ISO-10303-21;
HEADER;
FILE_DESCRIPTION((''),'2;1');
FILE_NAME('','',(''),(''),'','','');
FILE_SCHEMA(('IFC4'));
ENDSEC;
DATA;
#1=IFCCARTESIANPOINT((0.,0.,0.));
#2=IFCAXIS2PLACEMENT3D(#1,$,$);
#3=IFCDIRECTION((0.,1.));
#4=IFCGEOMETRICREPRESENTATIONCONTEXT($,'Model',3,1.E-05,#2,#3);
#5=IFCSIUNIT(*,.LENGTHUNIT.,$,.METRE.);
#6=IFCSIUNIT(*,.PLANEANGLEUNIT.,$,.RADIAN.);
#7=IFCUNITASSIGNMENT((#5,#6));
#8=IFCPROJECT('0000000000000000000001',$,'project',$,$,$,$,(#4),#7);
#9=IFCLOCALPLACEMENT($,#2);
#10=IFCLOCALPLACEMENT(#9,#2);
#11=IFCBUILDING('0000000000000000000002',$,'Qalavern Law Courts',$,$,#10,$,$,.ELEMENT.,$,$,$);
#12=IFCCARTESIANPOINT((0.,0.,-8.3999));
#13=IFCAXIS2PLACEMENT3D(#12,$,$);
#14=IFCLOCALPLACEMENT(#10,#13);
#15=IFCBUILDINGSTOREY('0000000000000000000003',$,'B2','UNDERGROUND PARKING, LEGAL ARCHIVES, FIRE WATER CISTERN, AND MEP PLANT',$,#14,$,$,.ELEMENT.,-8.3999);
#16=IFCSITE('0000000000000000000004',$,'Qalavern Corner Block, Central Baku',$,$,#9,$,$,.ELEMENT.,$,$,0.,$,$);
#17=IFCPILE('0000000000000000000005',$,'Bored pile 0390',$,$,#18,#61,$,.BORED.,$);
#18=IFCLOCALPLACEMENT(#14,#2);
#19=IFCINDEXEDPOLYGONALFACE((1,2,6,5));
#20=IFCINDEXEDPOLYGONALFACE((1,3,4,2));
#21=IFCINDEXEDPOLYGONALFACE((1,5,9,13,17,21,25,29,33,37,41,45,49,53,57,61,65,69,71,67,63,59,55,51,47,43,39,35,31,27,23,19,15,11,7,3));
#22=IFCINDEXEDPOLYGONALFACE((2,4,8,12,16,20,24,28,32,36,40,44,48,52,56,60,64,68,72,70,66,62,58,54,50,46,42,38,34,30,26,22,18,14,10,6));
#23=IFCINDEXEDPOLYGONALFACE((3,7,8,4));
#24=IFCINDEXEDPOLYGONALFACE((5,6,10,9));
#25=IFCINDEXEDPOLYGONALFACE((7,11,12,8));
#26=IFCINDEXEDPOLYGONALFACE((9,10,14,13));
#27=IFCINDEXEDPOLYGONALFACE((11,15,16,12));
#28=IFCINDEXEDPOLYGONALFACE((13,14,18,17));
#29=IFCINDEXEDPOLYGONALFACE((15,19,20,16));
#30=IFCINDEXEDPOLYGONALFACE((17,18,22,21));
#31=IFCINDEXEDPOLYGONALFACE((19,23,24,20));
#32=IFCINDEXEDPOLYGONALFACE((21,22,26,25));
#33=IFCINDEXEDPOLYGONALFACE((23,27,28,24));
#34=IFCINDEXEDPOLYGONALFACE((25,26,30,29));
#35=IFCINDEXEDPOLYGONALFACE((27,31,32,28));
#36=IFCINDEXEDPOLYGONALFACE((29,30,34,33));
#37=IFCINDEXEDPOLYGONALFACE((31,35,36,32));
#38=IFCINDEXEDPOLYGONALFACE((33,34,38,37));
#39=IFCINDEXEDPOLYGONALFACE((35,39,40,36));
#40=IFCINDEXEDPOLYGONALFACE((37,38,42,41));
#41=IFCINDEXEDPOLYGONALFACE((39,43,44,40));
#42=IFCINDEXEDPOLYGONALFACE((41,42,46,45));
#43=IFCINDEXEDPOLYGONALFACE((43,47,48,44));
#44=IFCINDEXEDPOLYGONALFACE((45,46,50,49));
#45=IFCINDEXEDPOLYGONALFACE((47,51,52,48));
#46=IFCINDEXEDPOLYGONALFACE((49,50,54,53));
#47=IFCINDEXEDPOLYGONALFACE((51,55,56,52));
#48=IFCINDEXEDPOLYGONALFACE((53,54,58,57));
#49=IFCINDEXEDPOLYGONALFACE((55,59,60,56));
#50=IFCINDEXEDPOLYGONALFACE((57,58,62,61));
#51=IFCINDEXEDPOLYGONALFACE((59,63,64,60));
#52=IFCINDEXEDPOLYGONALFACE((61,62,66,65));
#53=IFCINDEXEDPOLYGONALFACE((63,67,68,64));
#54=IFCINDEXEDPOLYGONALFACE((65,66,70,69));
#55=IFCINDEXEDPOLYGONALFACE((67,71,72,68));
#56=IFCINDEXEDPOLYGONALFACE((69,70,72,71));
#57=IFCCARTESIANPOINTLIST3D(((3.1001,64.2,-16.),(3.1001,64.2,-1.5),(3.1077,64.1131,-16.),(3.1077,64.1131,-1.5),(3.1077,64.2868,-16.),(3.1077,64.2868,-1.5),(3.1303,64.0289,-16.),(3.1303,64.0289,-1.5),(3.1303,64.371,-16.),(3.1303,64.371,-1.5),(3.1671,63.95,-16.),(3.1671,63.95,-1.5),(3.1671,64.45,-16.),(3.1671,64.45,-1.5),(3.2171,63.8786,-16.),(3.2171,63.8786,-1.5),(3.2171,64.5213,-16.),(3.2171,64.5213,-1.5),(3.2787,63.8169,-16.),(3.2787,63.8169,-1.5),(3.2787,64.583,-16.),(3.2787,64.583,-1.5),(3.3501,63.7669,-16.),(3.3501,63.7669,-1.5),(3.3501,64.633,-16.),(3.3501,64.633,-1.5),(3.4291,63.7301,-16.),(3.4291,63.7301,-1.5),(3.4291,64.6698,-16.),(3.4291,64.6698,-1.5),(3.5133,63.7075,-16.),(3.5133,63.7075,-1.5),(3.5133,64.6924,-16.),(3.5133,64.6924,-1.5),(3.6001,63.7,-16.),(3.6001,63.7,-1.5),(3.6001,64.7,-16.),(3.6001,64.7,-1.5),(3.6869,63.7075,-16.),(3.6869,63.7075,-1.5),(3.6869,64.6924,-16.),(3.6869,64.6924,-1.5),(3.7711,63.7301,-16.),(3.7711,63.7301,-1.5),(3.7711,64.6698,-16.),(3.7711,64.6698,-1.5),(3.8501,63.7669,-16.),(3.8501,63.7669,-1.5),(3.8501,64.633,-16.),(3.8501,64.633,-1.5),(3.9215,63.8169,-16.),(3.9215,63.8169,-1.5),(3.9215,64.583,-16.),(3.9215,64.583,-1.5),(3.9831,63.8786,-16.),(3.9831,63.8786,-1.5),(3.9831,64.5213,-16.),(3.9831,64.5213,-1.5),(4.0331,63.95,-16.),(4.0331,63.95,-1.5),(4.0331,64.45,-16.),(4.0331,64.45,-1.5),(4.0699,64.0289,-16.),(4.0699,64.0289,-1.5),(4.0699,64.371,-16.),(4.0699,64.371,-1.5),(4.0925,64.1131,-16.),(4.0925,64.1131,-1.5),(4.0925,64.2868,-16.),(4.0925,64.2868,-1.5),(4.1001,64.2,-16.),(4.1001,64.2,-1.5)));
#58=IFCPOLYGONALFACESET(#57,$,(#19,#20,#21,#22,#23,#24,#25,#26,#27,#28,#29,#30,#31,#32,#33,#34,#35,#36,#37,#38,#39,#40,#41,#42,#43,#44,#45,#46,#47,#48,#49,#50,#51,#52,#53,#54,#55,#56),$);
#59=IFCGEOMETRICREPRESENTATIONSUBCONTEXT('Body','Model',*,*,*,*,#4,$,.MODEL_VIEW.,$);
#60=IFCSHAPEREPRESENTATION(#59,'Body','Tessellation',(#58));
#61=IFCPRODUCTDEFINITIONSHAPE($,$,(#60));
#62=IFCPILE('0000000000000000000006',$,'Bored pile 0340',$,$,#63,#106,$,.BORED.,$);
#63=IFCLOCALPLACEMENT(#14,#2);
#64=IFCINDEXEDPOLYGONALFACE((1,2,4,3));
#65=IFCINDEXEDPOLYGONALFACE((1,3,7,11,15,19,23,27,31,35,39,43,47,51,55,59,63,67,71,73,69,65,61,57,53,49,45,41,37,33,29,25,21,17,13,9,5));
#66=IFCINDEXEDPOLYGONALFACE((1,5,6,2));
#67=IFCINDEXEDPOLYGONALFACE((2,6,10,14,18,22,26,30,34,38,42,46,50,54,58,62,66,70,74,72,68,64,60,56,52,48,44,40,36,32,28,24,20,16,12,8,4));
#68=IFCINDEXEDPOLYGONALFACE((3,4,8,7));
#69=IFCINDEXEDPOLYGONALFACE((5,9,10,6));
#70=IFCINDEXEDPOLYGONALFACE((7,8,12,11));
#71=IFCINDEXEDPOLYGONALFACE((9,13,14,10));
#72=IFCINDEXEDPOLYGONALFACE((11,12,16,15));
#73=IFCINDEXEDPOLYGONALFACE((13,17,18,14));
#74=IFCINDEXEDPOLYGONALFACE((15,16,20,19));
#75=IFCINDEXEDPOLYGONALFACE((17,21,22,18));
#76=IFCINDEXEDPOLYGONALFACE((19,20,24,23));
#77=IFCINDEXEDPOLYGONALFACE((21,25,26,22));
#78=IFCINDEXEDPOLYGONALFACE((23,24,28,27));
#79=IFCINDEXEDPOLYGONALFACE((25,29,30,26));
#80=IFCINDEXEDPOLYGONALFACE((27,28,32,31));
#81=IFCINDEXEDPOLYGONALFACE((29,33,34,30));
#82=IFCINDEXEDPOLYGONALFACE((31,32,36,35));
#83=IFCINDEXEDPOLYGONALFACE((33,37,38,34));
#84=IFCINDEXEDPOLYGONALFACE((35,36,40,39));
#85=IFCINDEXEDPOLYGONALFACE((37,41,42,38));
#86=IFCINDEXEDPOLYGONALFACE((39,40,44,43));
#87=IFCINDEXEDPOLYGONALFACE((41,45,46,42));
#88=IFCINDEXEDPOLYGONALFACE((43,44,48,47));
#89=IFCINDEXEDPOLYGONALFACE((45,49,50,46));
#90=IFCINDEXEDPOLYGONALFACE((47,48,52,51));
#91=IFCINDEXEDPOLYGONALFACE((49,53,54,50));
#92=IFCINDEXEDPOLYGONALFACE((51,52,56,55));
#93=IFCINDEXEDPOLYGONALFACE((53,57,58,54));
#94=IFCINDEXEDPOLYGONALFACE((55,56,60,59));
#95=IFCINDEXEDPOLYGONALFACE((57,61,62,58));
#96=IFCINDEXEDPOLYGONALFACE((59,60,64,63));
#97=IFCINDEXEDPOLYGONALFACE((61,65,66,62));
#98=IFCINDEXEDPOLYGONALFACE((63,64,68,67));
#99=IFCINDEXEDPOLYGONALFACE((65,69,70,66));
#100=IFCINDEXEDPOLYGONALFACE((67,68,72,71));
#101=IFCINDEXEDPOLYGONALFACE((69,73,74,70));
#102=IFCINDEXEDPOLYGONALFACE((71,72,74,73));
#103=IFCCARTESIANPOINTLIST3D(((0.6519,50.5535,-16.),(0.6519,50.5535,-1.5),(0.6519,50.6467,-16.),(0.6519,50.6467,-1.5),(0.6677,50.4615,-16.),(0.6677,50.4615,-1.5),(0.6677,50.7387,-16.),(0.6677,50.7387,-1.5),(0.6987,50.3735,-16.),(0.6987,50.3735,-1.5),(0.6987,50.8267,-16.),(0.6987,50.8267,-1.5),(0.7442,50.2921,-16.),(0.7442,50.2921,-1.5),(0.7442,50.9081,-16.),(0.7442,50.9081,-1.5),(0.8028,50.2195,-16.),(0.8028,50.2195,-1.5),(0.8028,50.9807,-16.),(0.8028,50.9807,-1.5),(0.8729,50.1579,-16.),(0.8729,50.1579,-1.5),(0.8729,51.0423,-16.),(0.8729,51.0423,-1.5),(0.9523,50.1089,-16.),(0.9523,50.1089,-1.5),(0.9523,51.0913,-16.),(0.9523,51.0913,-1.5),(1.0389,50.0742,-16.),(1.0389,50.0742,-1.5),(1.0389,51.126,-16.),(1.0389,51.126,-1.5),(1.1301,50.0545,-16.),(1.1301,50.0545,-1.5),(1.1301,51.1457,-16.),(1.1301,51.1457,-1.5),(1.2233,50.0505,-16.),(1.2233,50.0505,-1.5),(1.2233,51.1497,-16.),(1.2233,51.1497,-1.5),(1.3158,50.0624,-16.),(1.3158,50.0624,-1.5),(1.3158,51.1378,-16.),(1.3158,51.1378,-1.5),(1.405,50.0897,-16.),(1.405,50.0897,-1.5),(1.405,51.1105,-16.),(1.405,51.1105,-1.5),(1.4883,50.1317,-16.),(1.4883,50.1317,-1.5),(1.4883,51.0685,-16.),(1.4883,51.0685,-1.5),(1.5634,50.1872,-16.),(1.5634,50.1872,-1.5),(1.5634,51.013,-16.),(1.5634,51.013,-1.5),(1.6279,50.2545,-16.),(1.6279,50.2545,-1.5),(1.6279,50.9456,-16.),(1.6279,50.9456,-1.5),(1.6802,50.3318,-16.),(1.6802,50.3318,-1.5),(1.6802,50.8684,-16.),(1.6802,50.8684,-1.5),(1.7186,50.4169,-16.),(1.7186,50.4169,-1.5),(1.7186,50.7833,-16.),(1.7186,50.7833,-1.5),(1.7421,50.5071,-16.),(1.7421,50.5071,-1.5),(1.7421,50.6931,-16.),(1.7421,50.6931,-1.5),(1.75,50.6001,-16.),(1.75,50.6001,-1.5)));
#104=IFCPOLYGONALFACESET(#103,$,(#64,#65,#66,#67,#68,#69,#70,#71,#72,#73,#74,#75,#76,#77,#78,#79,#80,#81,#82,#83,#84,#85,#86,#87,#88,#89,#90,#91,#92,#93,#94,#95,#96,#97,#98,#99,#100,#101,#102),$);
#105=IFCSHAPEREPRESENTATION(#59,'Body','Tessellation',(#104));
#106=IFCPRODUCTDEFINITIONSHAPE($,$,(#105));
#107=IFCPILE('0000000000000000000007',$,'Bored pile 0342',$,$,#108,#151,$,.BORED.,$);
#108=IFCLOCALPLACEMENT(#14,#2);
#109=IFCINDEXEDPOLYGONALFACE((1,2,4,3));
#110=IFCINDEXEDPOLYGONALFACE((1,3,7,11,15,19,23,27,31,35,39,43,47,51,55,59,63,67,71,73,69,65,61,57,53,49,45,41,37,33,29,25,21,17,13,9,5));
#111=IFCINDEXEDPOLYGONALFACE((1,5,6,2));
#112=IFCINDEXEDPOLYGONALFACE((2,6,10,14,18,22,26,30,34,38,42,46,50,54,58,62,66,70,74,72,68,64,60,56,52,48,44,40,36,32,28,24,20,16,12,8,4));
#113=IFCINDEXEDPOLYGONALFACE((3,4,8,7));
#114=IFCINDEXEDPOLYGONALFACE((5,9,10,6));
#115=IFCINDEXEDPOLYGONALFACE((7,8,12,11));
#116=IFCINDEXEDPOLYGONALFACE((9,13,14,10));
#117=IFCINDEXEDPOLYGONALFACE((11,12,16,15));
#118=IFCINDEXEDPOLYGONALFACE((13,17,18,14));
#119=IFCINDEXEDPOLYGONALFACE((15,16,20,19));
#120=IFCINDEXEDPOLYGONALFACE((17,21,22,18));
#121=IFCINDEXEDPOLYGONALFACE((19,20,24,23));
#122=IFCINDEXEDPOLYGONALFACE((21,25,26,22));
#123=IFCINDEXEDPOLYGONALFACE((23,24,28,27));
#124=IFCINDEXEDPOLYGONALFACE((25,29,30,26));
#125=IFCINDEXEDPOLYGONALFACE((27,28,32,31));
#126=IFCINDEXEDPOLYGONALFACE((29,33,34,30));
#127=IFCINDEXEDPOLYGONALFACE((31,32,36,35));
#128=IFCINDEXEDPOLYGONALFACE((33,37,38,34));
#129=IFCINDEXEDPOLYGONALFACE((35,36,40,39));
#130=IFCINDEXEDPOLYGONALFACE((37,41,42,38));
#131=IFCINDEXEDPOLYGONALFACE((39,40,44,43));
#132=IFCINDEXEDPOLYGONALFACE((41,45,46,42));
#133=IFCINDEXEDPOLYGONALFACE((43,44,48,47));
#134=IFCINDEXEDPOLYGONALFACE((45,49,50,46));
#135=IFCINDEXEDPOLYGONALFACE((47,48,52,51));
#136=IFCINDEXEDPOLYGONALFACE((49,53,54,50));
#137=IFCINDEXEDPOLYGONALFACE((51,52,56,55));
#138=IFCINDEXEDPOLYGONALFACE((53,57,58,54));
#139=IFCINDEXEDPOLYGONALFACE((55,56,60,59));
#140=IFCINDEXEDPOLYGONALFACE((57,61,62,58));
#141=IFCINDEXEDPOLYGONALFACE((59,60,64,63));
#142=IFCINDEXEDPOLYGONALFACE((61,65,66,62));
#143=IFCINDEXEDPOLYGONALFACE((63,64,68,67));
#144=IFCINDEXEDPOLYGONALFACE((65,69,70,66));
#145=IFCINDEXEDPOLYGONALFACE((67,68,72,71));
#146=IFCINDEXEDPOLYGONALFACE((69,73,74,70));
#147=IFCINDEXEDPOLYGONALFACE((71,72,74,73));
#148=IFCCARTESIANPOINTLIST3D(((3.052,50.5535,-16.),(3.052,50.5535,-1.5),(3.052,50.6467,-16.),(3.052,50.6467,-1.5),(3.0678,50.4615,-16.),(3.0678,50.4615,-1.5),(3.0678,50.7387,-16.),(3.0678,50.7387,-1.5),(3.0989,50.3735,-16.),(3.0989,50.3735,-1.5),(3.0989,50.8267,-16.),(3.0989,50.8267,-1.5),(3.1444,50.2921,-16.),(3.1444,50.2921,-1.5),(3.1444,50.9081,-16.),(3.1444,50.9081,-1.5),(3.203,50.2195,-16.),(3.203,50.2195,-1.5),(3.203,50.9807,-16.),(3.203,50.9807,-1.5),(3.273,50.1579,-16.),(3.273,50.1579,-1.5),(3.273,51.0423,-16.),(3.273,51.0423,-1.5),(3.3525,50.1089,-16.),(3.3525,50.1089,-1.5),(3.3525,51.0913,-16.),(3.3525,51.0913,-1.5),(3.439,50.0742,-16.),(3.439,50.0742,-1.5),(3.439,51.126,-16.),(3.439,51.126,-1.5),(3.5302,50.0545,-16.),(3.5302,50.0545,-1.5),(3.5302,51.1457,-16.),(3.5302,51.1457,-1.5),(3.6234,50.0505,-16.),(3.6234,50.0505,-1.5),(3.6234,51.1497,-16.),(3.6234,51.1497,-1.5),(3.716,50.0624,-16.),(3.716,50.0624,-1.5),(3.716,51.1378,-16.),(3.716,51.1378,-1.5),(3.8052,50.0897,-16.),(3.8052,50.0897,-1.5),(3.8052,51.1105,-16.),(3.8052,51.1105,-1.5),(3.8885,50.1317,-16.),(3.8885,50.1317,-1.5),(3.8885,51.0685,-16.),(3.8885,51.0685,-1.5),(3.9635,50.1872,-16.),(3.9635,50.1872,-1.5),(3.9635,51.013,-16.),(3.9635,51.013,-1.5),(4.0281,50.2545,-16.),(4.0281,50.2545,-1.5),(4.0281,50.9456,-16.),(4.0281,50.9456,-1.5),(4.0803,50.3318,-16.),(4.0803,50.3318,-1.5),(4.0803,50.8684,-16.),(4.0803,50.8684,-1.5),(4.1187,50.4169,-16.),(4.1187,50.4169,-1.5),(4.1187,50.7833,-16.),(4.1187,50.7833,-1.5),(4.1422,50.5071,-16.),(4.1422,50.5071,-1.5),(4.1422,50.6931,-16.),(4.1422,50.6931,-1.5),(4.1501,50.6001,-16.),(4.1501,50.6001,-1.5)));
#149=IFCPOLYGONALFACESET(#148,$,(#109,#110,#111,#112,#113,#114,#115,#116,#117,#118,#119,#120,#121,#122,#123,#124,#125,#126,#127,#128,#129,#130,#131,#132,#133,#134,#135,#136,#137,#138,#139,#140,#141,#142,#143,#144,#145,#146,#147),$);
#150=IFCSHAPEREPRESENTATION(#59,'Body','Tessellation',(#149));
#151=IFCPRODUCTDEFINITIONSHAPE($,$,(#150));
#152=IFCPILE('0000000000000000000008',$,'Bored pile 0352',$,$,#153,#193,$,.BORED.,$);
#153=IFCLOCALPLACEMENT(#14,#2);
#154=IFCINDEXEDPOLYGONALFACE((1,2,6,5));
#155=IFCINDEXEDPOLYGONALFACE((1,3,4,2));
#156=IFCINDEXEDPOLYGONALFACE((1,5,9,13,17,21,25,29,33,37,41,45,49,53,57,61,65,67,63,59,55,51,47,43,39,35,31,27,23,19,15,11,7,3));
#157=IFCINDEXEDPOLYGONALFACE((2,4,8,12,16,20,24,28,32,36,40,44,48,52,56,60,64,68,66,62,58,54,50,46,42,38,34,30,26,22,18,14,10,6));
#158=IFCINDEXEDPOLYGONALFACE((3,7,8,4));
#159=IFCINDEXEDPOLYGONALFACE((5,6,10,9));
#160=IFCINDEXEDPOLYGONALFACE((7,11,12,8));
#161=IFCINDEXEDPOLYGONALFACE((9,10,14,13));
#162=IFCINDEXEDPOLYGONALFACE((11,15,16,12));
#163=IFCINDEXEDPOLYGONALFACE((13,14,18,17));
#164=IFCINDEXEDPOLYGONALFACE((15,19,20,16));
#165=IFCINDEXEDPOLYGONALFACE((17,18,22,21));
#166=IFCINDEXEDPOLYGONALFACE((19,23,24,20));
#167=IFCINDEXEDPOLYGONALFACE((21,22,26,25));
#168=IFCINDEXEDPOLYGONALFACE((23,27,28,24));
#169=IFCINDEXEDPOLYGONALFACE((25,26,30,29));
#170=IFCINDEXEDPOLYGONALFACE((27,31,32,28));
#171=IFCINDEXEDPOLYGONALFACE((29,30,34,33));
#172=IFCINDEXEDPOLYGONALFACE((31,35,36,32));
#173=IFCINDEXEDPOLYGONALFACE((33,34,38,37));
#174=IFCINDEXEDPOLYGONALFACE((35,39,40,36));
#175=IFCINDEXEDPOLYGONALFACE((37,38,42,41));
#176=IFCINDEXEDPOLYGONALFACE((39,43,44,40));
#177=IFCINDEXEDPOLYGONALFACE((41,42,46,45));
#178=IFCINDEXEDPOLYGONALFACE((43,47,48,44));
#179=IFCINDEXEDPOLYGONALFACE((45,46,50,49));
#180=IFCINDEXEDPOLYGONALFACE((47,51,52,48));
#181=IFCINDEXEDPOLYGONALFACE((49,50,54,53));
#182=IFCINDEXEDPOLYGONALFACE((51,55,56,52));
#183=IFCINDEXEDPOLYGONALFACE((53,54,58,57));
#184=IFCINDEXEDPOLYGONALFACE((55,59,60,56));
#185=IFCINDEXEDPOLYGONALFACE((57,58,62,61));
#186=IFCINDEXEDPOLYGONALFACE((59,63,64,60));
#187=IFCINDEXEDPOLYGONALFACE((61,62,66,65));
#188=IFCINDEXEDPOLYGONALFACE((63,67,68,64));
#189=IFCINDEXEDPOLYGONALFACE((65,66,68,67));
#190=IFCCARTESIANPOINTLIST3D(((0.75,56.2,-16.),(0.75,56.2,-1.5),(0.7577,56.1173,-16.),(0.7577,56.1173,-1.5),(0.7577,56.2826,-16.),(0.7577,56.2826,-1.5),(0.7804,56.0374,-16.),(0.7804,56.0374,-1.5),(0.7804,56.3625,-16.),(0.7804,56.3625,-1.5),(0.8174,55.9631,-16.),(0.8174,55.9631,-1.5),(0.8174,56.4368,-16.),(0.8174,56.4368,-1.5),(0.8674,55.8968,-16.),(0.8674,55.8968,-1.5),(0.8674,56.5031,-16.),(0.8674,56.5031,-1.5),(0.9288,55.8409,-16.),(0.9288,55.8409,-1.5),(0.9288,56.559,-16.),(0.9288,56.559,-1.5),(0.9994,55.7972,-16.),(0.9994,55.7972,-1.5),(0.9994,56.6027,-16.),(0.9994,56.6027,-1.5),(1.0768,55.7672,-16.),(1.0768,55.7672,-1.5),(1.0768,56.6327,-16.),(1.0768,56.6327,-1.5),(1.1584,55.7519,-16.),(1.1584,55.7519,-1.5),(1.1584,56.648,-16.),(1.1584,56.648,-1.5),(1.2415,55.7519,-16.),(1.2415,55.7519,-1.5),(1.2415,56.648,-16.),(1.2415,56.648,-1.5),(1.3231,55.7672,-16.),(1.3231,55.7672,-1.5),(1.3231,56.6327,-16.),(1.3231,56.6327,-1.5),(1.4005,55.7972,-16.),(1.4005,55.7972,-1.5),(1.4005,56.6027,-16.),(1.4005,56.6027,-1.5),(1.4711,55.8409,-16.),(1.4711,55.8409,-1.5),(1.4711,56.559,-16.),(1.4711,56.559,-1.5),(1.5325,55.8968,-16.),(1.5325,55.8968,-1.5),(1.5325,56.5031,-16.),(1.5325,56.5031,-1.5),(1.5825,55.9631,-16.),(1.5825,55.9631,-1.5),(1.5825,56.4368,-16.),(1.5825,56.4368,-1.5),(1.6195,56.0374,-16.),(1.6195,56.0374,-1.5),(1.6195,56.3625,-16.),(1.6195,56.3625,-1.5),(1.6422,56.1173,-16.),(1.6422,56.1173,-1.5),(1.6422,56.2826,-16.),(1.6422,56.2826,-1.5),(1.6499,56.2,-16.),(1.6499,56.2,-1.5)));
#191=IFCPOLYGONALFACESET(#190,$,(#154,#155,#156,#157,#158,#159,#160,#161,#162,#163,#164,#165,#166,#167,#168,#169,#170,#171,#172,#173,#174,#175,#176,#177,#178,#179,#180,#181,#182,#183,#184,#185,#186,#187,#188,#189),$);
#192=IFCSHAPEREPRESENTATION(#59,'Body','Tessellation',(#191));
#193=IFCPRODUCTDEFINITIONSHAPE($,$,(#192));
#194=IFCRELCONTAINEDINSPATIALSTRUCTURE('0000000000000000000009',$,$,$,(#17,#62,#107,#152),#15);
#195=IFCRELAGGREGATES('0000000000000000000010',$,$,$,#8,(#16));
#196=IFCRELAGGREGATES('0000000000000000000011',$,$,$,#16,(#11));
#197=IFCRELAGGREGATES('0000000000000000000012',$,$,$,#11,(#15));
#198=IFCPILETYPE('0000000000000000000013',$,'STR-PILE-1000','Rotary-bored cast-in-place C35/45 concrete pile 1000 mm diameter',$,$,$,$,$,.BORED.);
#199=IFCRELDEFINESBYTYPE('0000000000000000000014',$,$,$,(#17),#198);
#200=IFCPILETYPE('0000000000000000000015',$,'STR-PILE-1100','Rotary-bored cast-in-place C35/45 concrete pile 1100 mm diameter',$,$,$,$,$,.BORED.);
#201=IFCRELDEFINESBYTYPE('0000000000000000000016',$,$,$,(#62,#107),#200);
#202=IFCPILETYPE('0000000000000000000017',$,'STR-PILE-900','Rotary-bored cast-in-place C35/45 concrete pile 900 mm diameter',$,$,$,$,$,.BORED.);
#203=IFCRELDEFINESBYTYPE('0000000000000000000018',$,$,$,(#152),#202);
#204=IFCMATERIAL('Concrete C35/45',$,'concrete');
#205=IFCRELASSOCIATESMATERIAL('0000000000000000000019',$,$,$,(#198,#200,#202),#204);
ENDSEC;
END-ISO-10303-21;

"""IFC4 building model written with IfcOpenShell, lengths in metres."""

from ifc_helpers import new_model, si_unit, direction, frame, origin, origin_2d, place, context, subcontext, project, spatial, circle, extrude, material, material_profile, profile_set, type_object, element, save


model = new_model("IFC4")

# Units and contexts
model_context = context("Model", 3, precision=1e-05, world=origin(), true_north=direction((0.0, 1.0)))
body_context = subcontext(model_context, "Body", "Model", "MODEL_VIEW")
ifc_project = project(units=[si_unit("LENGTHUNIT", "METRE"), si_unit("PLANEANGLEUNIT", "RADIAN")], contexts=[model_context])

# Site, building, storey
site_placement = place(None, origin())
site = spatial("IfcSite", under=ifc_project, at=site_placement, Name="Qalavern Corner Block, Central Baku", CompositionType="ELEMENT", RefElevation=0.0)
building_placement = place(site_placement, origin())
building = spatial("IfcBuilding", under=site, at=building_placement, Name="Qalavern Law Courts", CompositionType="ELEMENT")
storey_placement = place(building_placement, frame((0.0, 0.0, -8.3999)))
storey = spatial("IfcBuildingStorey", under=building, at=storey_placement, Name="B2", Description="UNDERGROUND PARKING, LEGAL ARCHIVES, FIRE WATER CISTERN, AND MEP PLANT", CompositionType="ELEMENT", Elevation=-8.3999)

# Shared definitions
ifc_material_1 = material(Name="Concrete C35/45", Category="concrete")

# Piles
ifc_material_profile_1 = material_profile(ifc_material_1, circle(Radius=0.5, at=origin_2d()), Name="BORED PILE 1000")
ifc_profile_set_1 = profile_set([ifc_material_profile_1], Name="Concrete C35/45")
pile_type_1 = type_object("IfcPileType", Name="STR-PILE-1000", Description="Rotary-bored cast-in-place C35/45 concrete pile 1000 mm diameter", PredefinedType="BORED", material=ifc_profile_set_1)
for number, where, z_axis, x_axis, name in (
    (1, (3.6001, 64.2, -1.5), (0.0, 0.0, -1.0), (1.0, 0.0, 0.0), "Bored pile 0390"),
):
    element("IfcPile", number, at=place(storey_placement, frame(where, z_axis=z_axis, x_axis=x_axis)), inside=storey, type_object=pile_type_1, Name=name, PredefinedType="BORED", context=body_context, shape_type="SweptSolid", body=[
        extrude(circle(Radius=0.5, at=origin_2d()), origin(), (0.0, 0.0, 1.0), 14.5),
    ])
ifc_material_profile_2 = material_profile(ifc_material_1, circle(Radius=0.55, at=origin_2d()), Name="BORED PILE 1100")
ifc_profile_set_2 = profile_set([ifc_material_profile_2], Name="Concrete C35/45")
pile_type_2 = type_object("IfcPileType", Name="STR-PILE-1100", Description="Rotary-bored cast-in-place C35/45 concrete pile 1100 mm diameter", PredefinedType="BORED", material=ifc_profile_set_2)
for number, where, z_axis, x_axis, name in (
    (2, (1.2, 50.6001, -1.5), (0.0, 0.0, -1.0), (1.0, 0.0, 0.0), "Bored pile 0340"),
    (3, (3.6001, 50.6001, -1.5), (0.0, 0.0, -1.0), (1.0, 0.0, 0.0), "Bored pile 0342"),
):
    element("IfcPile", number, at=place(storey_placement, frame(where, z_axis=z_axis, x_axis=x_axis)), inside=storey, type_object=pile_type_2, Name=name, PredefinedType="BORED", context=body_context, shape_type="SweptSolid", body=[
        extrude(circle(Radius=0.55, at=origin_2d()), origin(), (0.0, 0.0, 1.0), 14.5),
    ])
ifc_material_profile_3 = material_profile(ifc_material_1, circle(Radius=0.45, at=origin_2d()), Name="BORED PILE 900")
ifc_profile_set_3 = profile_set([ifc_material_profile_3], Name="Concrete C35/45")
pile_type_3 = type_object("IfcPileType", Name="STR-PILE-900", Description="Rotary-bored cast-in-place C35/45 concrete pile 900 mm diameter", PredefinedType="BORED", material=ifc_profile_set_3)
for number, where, z_axis, x_axis, name in (
    (4, (1.2, 56.2, -1.5), (0.0, 0.0, -1.0), (1.0, 0.0, 0.0), "Bored pile 0352"),
):
    element("IfcPile", number, at=place(storey_placement, frame(where, z_axis=z_axis, x_axis=x_axis)), inside=storey, type_object=pile_type_3, Name=name, PredefinedType="BORED", context=body_context, shape_type="SweptSolid", body=[
        extrude(circle(Radius=0.45, at=origin_2d()), origin(), (0.0, 0.0, 1.0), 14.5),
    ])

save(model, "model.ifc")
